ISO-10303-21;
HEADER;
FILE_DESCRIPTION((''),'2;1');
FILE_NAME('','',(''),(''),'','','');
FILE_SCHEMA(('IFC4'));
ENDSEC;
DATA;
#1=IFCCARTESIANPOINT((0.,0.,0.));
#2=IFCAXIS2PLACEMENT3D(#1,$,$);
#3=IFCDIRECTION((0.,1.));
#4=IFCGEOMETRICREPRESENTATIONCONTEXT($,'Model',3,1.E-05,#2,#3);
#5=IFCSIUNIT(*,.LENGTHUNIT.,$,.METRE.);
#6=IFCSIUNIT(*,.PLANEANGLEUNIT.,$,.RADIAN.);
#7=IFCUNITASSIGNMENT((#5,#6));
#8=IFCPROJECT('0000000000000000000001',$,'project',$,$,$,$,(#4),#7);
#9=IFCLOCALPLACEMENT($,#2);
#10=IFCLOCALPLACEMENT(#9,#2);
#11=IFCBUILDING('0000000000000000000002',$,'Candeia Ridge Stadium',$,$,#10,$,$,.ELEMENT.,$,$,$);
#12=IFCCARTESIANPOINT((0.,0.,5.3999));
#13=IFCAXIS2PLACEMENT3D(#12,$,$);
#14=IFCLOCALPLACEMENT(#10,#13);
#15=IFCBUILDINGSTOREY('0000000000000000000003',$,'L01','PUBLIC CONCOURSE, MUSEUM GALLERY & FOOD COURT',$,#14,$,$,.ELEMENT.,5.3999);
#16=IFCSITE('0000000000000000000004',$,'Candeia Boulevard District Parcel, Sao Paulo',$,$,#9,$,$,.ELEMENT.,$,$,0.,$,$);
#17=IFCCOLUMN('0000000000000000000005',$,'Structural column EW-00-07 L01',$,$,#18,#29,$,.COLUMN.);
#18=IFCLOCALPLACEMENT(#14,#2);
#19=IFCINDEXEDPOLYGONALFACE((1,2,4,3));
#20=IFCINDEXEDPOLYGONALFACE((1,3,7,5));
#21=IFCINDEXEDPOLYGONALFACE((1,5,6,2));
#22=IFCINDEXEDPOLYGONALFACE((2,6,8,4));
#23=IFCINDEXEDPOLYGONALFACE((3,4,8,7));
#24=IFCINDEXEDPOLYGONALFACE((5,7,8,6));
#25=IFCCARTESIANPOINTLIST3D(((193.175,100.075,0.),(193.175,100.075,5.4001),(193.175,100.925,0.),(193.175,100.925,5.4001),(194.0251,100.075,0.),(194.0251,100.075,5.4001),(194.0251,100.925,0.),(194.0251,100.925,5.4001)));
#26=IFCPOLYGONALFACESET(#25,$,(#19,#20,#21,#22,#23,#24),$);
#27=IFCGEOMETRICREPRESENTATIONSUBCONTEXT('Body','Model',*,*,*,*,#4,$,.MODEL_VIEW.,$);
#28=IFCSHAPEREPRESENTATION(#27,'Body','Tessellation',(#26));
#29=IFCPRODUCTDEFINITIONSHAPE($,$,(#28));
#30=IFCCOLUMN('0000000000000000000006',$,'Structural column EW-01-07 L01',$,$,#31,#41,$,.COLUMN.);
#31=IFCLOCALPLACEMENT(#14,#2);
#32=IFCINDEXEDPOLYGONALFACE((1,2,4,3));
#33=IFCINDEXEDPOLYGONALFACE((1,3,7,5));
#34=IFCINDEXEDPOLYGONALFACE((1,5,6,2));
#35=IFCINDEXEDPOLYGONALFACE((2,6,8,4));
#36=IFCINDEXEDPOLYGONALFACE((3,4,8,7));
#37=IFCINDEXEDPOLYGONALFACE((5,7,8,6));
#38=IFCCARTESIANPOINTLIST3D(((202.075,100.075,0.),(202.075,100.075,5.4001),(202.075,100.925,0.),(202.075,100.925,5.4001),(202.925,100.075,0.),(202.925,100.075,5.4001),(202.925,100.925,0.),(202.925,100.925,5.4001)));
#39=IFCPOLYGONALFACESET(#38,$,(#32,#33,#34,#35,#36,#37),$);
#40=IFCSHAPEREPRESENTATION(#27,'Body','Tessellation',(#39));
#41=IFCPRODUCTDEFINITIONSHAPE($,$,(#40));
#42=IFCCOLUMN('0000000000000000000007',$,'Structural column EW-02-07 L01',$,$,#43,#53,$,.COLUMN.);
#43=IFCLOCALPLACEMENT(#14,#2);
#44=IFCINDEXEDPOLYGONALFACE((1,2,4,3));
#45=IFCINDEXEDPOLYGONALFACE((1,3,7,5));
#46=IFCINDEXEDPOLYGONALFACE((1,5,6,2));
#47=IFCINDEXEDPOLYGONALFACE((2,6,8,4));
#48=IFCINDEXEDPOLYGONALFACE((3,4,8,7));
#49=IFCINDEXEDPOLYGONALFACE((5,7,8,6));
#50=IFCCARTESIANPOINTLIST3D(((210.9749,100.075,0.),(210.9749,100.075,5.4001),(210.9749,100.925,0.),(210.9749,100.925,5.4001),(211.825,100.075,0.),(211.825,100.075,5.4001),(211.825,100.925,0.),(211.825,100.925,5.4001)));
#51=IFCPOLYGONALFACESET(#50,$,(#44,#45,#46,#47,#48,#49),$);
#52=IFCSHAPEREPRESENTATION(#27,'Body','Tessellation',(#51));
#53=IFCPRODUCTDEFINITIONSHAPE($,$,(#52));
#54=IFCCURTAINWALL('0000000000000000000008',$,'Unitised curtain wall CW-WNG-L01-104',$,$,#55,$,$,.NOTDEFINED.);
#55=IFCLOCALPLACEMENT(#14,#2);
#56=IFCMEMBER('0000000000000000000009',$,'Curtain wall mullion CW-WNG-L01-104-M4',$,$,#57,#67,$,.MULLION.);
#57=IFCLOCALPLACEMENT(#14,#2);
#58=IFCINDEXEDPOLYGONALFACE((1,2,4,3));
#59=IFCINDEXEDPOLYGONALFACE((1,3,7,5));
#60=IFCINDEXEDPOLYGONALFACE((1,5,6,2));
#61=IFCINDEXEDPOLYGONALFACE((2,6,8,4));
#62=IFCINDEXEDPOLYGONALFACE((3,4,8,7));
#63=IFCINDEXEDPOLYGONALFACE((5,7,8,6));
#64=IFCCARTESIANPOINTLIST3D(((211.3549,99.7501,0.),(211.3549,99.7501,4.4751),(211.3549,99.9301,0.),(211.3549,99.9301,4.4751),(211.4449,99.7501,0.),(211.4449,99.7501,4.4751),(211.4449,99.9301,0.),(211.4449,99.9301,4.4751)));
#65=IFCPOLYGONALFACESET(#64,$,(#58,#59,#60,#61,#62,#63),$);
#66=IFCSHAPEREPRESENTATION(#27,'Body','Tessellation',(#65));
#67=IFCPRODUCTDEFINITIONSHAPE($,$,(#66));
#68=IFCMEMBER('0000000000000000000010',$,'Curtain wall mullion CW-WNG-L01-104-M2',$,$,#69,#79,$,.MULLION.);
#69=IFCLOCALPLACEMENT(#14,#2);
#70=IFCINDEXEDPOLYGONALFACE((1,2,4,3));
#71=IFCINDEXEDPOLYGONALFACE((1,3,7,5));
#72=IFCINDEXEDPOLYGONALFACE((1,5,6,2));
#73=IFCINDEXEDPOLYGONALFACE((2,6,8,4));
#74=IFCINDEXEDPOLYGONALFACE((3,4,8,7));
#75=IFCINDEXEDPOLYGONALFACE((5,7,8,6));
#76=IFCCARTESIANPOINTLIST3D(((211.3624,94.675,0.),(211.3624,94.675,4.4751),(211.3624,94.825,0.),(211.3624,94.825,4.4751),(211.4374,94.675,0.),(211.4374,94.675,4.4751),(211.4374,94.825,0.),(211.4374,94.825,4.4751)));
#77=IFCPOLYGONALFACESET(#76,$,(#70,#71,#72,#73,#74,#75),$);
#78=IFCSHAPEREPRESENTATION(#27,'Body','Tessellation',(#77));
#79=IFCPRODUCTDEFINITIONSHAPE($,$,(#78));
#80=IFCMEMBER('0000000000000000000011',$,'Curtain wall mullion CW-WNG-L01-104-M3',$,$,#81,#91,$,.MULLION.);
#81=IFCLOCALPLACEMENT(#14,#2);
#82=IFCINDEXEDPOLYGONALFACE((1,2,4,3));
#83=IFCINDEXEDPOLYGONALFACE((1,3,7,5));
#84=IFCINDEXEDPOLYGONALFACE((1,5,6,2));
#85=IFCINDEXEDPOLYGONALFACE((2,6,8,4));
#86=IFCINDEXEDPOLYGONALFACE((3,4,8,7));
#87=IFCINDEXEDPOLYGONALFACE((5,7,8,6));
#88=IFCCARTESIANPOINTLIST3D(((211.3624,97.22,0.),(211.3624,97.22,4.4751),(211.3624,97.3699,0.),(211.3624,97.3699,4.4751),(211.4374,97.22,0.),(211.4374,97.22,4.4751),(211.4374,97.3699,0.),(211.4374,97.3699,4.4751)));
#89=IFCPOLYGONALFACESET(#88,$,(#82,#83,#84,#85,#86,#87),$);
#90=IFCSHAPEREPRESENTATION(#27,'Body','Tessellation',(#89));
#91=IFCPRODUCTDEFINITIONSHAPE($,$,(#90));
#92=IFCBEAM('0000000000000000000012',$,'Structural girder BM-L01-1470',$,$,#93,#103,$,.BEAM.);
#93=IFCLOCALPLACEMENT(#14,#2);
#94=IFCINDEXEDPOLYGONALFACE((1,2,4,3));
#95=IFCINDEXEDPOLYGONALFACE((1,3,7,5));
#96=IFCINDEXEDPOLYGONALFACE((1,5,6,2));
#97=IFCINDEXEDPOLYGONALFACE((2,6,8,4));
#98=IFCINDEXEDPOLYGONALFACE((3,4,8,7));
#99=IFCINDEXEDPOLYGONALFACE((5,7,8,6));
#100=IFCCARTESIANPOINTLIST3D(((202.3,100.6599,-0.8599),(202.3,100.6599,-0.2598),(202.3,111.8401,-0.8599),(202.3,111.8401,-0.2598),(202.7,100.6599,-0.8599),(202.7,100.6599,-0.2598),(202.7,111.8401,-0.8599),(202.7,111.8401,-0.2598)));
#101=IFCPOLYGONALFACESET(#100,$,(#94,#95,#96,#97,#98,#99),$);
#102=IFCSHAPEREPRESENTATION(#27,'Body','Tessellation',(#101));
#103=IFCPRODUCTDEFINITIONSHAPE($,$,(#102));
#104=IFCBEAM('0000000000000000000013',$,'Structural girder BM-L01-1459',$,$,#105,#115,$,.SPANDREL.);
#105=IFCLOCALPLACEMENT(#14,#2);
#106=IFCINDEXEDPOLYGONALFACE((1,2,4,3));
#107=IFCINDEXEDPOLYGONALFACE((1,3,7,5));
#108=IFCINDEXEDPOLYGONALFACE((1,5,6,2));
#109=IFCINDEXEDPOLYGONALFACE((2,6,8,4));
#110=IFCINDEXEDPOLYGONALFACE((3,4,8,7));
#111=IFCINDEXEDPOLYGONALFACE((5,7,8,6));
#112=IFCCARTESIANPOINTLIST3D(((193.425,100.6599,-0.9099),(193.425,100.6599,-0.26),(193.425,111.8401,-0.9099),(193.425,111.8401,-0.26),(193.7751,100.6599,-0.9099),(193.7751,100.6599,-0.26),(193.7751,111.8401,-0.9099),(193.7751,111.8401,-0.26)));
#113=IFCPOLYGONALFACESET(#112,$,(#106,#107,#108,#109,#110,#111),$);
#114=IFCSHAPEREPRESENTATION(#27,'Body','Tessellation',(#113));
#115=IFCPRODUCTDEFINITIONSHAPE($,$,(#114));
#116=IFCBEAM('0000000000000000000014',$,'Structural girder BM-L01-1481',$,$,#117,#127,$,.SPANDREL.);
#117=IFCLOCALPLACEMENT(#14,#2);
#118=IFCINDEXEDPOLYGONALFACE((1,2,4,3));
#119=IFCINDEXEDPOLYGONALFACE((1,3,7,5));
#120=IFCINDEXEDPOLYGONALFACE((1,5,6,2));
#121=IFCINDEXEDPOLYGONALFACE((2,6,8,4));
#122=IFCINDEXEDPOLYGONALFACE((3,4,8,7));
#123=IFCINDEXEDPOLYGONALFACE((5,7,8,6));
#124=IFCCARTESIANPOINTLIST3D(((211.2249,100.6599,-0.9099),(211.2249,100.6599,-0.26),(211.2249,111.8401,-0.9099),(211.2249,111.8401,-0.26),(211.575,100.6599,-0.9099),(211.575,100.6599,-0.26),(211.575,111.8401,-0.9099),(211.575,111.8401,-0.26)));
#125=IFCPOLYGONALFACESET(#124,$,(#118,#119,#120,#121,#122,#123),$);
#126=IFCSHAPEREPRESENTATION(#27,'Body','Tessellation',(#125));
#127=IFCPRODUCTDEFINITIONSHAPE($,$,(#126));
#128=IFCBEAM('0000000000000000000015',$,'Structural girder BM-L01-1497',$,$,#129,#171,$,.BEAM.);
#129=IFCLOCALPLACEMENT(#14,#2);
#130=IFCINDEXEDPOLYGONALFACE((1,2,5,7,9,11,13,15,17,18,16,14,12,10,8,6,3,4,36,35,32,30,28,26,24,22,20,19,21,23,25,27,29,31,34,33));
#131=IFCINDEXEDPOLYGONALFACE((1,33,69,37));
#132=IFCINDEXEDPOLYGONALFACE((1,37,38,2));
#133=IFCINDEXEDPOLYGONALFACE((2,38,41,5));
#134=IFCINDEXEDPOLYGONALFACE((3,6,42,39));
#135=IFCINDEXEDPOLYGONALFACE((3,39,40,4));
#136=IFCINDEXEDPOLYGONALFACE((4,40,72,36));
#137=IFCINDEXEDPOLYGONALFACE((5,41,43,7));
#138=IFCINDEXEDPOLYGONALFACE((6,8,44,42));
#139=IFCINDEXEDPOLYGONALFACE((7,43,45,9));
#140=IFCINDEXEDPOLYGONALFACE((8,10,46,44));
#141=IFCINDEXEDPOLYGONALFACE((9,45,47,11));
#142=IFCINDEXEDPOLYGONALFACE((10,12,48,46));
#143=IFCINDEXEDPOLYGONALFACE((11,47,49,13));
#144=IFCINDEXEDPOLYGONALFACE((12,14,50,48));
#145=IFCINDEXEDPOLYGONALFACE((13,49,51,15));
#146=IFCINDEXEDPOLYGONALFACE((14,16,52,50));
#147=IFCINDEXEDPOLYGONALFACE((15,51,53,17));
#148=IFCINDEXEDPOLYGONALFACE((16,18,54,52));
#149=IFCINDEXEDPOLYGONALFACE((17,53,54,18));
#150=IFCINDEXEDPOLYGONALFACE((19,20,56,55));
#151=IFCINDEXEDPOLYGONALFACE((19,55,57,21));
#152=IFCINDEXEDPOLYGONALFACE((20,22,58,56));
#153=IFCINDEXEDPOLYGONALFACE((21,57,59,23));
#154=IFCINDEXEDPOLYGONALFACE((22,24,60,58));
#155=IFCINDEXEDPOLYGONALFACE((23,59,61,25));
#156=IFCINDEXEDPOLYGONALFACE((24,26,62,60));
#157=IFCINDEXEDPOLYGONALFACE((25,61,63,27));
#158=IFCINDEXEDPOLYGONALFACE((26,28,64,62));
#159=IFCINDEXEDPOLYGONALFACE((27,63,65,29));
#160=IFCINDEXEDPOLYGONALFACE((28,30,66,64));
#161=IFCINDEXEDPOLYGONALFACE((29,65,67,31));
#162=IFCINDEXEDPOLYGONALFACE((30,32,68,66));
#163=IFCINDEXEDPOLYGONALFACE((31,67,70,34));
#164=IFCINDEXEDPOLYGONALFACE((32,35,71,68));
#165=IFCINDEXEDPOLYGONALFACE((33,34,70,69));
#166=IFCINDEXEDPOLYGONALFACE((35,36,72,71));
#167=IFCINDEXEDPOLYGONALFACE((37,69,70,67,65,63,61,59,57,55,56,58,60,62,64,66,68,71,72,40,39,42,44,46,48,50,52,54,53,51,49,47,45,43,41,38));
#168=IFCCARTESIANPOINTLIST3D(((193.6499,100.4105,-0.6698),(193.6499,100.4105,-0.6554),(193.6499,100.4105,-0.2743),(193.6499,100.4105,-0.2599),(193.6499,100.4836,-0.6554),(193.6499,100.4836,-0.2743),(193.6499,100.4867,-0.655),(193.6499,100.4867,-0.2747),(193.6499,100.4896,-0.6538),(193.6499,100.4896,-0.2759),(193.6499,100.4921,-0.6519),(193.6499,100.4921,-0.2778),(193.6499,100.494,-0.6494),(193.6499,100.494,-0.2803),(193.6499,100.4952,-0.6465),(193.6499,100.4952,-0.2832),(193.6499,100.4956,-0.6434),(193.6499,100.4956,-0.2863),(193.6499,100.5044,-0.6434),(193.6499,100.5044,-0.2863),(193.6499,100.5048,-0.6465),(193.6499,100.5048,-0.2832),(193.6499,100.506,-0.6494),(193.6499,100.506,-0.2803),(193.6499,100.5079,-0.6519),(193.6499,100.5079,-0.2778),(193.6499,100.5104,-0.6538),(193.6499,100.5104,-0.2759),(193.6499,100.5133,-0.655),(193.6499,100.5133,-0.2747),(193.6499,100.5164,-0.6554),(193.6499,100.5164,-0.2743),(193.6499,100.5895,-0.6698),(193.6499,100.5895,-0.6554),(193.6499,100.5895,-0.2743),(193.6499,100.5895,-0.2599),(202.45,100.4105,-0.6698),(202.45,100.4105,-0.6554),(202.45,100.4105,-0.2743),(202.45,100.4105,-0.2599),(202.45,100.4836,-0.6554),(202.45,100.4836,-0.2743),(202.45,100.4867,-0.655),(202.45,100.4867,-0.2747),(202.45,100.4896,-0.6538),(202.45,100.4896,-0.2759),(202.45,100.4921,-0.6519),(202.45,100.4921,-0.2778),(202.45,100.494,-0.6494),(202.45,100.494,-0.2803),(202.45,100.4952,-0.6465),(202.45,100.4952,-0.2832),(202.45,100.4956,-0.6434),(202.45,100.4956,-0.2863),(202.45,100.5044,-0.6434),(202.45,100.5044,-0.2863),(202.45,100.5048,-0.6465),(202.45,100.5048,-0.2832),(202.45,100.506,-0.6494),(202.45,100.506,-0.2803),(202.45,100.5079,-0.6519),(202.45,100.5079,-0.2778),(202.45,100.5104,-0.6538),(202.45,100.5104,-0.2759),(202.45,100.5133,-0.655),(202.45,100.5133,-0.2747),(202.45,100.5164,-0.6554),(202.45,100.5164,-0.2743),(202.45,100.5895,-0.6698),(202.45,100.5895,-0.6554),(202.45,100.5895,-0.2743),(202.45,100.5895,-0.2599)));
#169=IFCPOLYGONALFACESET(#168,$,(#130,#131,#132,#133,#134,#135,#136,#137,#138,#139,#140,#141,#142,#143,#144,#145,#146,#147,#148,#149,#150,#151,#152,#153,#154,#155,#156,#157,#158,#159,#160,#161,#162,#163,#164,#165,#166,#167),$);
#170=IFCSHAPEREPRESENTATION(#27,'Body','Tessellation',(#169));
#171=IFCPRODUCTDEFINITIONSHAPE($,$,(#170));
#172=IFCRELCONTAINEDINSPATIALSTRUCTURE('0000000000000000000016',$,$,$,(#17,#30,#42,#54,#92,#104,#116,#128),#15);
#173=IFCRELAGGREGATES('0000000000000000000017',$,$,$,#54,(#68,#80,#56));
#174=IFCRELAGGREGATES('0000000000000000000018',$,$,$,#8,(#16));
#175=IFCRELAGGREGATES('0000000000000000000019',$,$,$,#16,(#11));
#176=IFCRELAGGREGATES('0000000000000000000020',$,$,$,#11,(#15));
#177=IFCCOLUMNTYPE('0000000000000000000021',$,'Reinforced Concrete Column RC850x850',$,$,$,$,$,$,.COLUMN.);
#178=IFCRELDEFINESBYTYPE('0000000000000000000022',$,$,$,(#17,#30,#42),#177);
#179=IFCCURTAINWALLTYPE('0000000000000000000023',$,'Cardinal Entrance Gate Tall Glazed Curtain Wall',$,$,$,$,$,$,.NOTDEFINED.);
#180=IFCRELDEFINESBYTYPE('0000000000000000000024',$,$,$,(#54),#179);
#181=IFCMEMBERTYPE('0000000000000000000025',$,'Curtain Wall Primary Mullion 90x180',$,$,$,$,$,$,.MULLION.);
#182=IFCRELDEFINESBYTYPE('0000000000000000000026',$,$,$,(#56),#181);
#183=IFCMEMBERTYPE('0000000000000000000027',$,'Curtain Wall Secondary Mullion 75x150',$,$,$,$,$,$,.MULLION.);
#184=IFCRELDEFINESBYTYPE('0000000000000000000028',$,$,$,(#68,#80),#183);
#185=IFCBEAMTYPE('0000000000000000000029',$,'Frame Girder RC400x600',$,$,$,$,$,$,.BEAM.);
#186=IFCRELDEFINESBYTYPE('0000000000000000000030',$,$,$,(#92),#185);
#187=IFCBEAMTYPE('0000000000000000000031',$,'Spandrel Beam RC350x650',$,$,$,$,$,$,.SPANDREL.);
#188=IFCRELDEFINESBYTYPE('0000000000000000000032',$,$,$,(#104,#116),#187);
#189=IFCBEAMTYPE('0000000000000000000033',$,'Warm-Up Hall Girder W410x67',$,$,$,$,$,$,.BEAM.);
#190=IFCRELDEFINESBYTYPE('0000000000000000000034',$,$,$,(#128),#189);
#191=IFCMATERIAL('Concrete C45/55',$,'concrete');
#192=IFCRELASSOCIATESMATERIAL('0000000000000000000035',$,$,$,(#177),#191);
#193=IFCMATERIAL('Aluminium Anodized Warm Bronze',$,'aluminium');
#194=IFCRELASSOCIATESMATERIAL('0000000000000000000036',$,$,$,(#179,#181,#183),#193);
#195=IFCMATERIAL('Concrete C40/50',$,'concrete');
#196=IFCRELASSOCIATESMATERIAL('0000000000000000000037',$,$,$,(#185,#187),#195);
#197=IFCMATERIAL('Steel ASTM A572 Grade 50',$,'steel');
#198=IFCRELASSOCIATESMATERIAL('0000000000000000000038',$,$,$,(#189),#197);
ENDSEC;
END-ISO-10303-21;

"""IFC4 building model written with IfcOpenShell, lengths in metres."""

from ifc_helpers import new_model, si_unit, direction, frame, origin, origin_2d, place, context, subcontext, project, spatial, rectangle, i_section, extrude, material, material_profile, profile_set, type_object, element, aggregate, save


model = new_model("IFC4")

# Units and contexts
model_context = context("Model", 3, precision=1e-05, world=origin(), true_north=direction((0.0, 1.0)))
body_context = subcontext(model_context, "Body", "Model", "MODEL_VIEW")
ifc_project = project(units=[si_unit("LENGTHUNIT", "METRE"), si_unit("PLANEANGLEUNIT", "RADIAN")], contexts=[model_context])

# Site, building, storey
site_placement = place(None, origin())
site = spatial("IfcSite", under=ifc_project, at=site_placement, Name="Candeia Boulevard District Parcel, Sao Paulo", CompositionType="ELEMENT", RefElevation=0.0)
building_placement = place(site_placement, origin())
building = spatial("IfcBuilding", under=site, at=building_placement, Name="Candeia Ridge Stadium", CompositionType="ELEMENT")
storey_placement = place(building_placement, frame((0.0, 0.0, 5.3999)))
storey = spatial("IfcBuildingStorey", under=building, at=storey_placement, Name="L01", Description="PUBLIC CONCOURSE, MUSEUM GALLERY & FOOD COURT", CompositionType="ELEMENT", Elevation=5.3999)

# Columns
ifc_material_1 = material(Name="Concrete C45/55", Category="concrete")
ifc_material_profile_1 = material_profile(ifc_material_1, rectangle(XDim=0.8501, YDim=0.8501, at=origin_2d()), Name="RC850x850", Category="concrete")
ifc_profile_set_1 = profile_set([ifc_material_profile_1], Name="Concrete C45/55")
column_type = type_object("IfcColumnType", Name="Reinforced Concrete Column RC850x850", PredefinedType="COLUMN", material=ifc_profile_set_1)
for number, where, z_axis, x_axis, name in (
    (1, (193.6001, 100.5, 0.0), (0.0, 0.0, 1.0), (1.0, 0.0, 0.0), "Structural column EW-00-07 L01"),
    (2, (202.5, 100.5, 0.0), (0.0, 0.0, 1.0), (1.0, 0.0, 0.0), "Structural column EW-01-07 L01"),
    (3, (211.3999, 100.5, 0.0), (0.0, 0.0, 1.0), (1.0, 0.0, 0.0), "Structural column EW-02-07 L01"),
):
    element("IfcColumn", number, at=place(storey_placement, frame(where, z_axis=z_axis, x_axis=x_axis)), inside=storey, type_object=column_type, Name=name, PredefinedType="COLUMN", context=body_context, shape_type="SweptSolid", body=[
        extrude(rectangle(XDim=0.8501, YDim=0.8501, at=origin_2d()), origin(), (0.0, 0.0, 1.0), 5.4001),
    ])

# Curtain wall, members
ifc_material_2 = material(Name="Aluminium Anodized Warm Bronze", Category="aluminium")
curtain_wall_type = type_object("IfcCurtainWallType", Name="Cardinal Entrance Gate Tall Glazed Curtain Wall", PredefinedType="NOTDEFINED", material=ifc_material_2)
curtain_wall_placement = place(storey_placement, origin())
curtain_wall = element("IfcCurtainWall", 4, at=curtain_wall_placement, inside=storey, type_object=curtain_wall_type, Name="Unitised curtain wall CW-WNG-L01-104", PredefinedType="NOTDEFINED")
ifc_material_profile_2 = material_profile(ifc_material_2, rectangle(XDim=0.0901, YDim=0.1799, at=origin_2d()), Name="CWM-90x180", Category="aluminium")
ifc_profile_set_2 = profile_set([ifc_material_profile_2], Name="Aluminium Anodized Warm Bronze")
member_type_1 = type_object("IfcMemberType", Name="Curtain Wall Primary Mullion 90x180", PredefinedType="MULLION", material=ifc_profile_set_2)
member_1_placement = place(storey_placement, frame((211.3999, 99.8401, 0.0), z_axis=(0.0, 0.0, 1.0), x_axis=(1.0, 0.0, 0.0)))
member_1 = element("IfcMember", 5, at=member_1_placement, type_object=member_type_1, Name="Curtain wall mullion CW-WNG-L01-104-M4", PredefinedType="MULLION", context=body_context, shape_type="SweptSolid", body=[
    extrude(rectangle(XDim=0.0901, YDim=0.1799, at=origin_2d()), origin(), (0.0, 0.0, 1.0), 4.4751),
])
ifc_material_profile_3 = material_profile(ifc_material_2, rectangle(XDim=0.075, YDim=0.1499, at=origin_2d()), Name="CWM-75x150", Category="aluminium")
ifc_profile_set_3 = profile_set([ifc_material_profile_3], Name="Aluminium Anodized Warm Bronze")
member_type_2 = type_object("IfcMemberType", Name="Curtain Wall Secondary Mullion 75x150", PredefinedType="MULLION", material=ifc_profile_set_3)
member_2_placement = place(storey_placement, frame((211.3999, 94.75, 0.0), z_axis=(0.0, 0.0, 1.0), x_axis=(1.0, 0.0, 0.0)))
member_2 = element("IfcMember", 6, at=member_2_placement, type_object=member_type_2, Name="Curtain wall mullion CW-WNG-L01-104-M2", PredefinedType="MULLION", context=body_context, shape_type="SweptSolid", body=[
    extrude(rectangle(XDim=0.075, YDim=0.1499, at=origin_2d()), origin(), (0.0, 0.0, 1.0), 4.4751),
])
member_3_placement = place(storey_placement, frame((211.3999, 97.2949, 0.0), z_axis=(0.0, 0.0, 1.0), x_axis=(1.0, 0.0, 0.0)))
member_3 = element("IfcMember", 7, at=member_3_placement, type_object=member_type_2, Name="Curtain wall mullion CW-WNG-L01-104-M3", PredefinedType="MULLION", context=body_context, shape_type="SweptSolid", body=[
    extrude(rectangle(XDim=0.075, YDim=0.1499, at=origin_2d()), origin(), (0.0, 0.0, 1.0), 4.4751),
])

# Beams
ifc_material_3 = material(Name="Concrete C40/50", Category="concrete")
ifc_material_profile_4 = material_profile(ifc_material_3, rectangle(XDim=0.3999, YDim=0.6001, at=origin_2d()), Name="RC400x600", Category="concrete")
ifc_profile_set_4 = profile_set([ifc_material_profile_4], Name="Concrete C40/50")
beam_type_1 = type_object("IfcBeamType", Name="Frame Girder RC400x600", PredefinedType="BEAM", material=ifc_profile_set_4)
beam_placement = place(storey_placement, frame((202.5, 100.6599, -0.5598), z_axis=(0.0, 1.0, 0.0), x_axis=(-1.0, 0.0, 0.0)))
element("IfcBeam", 8, at=beam_placement, inside=storey, type_object=beam_type_1, Name="Structural girder BM-L01-1470", PredefinedType="BEAM", context=body_context, shape_type="SweptSolid", body=[
    extrude(rectangle(XDim=0.3999, YDim=0.6001, at=origin_2d()), origin(), (0.0, 0.0, 1.0), 11.1802),
])
ifc_material_profile_5 = material_profile(ifc_material_3, rectangle(XDim=0.3501, YDim=0.6499, at=origin_2d()), Name="RC350x650", Category="concrete")
ifc_profile_set_5 = profile_set([ifc_material_profile_5], Name="Concrete C40/50")
beam_type_2 = type_object("IfcBeamType", Name="Spandrel Beam RC350x650", PredefinedType="SPANDREL", material=ifc_profile_set_5)
for number, where, z_axis, x_axis, name in (
    (9, (193.6001, 100.6599, -0.585), (0.0, 1.0, 0.0), (-1.0, 0.0, 0.0), "Structural girder BM-L01-1459"),
    (10, (211.3999, 100.6599, -0.585), (0.0, 1.0, 0.0), (-1.0, 0.0, 0.0), "Structural girder BM-L01-1481"),
):
    element("IfcBeam", number, at=place(storey_placement, frame(where, z_axis=z_axis, x_axis=x_axis)), inside=storey, type_object=beam_type_2, Name=name, PredefinedType="SPANDREL", context=body_context, shape_type="SweptSolid", body=[
        extrude(rectangle(XDim=0.3501, YDim=0.6499, at=origin_2d()), origin(), (0.0, 0.0, 1.0), 11.1802),
    ])
ifc_material_4 = material(Name="Steel ASTM A572 Grade 50", Category="steel")
ifc_material_profile_6 = material_profile(ifc_material_4, i_section(OverallWidth=0.179, OverallDepth=0.4099, WebThickness=0.0088, FlangeThickness=0.0144, FilletRadius=0.012, at=origin_2d()), Name="W410x67", Category="steel")
ifc_profile_set_6 = profile_set([ifc_material_profile_6], Name="Steel ASTM A572 Grade 50")
beam_type_3 = type_object("IfcBeamType", Name="Warm-Up Hall Girder W410x67", PredefinedType="BEAM", material=ifc_profile_set_6)
for number, where, z_axis, x_axis, name in (
    (11, (193.6499, 100.5, -0.4648), (1.0, 0.0, 0.0), (0.0, 1.0, 0.0), "Structural girder BM-L01-1497"),
):
    element("IfcBeam", number, at=place(storey_placement, frame(where, z_axis=z_axis, x_axis=x_axis)), inside=storey, type_object=beam_type_3, Name=name, PredefinedType="BEAM", context=body_context, shape_type="SweptSolid", body=[
        extrude(i_section(OverallWidth=0.179, OverallDepth=0.4099, WebThickness=0.0088, FlangeThickness=0.0144, FilletRadius=0.012, at=origin_2d()), origin(), (0.0, 0.0, 1.0), 8.8),
    ])

aggregate(curtain_wall, [member_2, member_3, member_1])

save(model, "model.ifc")
